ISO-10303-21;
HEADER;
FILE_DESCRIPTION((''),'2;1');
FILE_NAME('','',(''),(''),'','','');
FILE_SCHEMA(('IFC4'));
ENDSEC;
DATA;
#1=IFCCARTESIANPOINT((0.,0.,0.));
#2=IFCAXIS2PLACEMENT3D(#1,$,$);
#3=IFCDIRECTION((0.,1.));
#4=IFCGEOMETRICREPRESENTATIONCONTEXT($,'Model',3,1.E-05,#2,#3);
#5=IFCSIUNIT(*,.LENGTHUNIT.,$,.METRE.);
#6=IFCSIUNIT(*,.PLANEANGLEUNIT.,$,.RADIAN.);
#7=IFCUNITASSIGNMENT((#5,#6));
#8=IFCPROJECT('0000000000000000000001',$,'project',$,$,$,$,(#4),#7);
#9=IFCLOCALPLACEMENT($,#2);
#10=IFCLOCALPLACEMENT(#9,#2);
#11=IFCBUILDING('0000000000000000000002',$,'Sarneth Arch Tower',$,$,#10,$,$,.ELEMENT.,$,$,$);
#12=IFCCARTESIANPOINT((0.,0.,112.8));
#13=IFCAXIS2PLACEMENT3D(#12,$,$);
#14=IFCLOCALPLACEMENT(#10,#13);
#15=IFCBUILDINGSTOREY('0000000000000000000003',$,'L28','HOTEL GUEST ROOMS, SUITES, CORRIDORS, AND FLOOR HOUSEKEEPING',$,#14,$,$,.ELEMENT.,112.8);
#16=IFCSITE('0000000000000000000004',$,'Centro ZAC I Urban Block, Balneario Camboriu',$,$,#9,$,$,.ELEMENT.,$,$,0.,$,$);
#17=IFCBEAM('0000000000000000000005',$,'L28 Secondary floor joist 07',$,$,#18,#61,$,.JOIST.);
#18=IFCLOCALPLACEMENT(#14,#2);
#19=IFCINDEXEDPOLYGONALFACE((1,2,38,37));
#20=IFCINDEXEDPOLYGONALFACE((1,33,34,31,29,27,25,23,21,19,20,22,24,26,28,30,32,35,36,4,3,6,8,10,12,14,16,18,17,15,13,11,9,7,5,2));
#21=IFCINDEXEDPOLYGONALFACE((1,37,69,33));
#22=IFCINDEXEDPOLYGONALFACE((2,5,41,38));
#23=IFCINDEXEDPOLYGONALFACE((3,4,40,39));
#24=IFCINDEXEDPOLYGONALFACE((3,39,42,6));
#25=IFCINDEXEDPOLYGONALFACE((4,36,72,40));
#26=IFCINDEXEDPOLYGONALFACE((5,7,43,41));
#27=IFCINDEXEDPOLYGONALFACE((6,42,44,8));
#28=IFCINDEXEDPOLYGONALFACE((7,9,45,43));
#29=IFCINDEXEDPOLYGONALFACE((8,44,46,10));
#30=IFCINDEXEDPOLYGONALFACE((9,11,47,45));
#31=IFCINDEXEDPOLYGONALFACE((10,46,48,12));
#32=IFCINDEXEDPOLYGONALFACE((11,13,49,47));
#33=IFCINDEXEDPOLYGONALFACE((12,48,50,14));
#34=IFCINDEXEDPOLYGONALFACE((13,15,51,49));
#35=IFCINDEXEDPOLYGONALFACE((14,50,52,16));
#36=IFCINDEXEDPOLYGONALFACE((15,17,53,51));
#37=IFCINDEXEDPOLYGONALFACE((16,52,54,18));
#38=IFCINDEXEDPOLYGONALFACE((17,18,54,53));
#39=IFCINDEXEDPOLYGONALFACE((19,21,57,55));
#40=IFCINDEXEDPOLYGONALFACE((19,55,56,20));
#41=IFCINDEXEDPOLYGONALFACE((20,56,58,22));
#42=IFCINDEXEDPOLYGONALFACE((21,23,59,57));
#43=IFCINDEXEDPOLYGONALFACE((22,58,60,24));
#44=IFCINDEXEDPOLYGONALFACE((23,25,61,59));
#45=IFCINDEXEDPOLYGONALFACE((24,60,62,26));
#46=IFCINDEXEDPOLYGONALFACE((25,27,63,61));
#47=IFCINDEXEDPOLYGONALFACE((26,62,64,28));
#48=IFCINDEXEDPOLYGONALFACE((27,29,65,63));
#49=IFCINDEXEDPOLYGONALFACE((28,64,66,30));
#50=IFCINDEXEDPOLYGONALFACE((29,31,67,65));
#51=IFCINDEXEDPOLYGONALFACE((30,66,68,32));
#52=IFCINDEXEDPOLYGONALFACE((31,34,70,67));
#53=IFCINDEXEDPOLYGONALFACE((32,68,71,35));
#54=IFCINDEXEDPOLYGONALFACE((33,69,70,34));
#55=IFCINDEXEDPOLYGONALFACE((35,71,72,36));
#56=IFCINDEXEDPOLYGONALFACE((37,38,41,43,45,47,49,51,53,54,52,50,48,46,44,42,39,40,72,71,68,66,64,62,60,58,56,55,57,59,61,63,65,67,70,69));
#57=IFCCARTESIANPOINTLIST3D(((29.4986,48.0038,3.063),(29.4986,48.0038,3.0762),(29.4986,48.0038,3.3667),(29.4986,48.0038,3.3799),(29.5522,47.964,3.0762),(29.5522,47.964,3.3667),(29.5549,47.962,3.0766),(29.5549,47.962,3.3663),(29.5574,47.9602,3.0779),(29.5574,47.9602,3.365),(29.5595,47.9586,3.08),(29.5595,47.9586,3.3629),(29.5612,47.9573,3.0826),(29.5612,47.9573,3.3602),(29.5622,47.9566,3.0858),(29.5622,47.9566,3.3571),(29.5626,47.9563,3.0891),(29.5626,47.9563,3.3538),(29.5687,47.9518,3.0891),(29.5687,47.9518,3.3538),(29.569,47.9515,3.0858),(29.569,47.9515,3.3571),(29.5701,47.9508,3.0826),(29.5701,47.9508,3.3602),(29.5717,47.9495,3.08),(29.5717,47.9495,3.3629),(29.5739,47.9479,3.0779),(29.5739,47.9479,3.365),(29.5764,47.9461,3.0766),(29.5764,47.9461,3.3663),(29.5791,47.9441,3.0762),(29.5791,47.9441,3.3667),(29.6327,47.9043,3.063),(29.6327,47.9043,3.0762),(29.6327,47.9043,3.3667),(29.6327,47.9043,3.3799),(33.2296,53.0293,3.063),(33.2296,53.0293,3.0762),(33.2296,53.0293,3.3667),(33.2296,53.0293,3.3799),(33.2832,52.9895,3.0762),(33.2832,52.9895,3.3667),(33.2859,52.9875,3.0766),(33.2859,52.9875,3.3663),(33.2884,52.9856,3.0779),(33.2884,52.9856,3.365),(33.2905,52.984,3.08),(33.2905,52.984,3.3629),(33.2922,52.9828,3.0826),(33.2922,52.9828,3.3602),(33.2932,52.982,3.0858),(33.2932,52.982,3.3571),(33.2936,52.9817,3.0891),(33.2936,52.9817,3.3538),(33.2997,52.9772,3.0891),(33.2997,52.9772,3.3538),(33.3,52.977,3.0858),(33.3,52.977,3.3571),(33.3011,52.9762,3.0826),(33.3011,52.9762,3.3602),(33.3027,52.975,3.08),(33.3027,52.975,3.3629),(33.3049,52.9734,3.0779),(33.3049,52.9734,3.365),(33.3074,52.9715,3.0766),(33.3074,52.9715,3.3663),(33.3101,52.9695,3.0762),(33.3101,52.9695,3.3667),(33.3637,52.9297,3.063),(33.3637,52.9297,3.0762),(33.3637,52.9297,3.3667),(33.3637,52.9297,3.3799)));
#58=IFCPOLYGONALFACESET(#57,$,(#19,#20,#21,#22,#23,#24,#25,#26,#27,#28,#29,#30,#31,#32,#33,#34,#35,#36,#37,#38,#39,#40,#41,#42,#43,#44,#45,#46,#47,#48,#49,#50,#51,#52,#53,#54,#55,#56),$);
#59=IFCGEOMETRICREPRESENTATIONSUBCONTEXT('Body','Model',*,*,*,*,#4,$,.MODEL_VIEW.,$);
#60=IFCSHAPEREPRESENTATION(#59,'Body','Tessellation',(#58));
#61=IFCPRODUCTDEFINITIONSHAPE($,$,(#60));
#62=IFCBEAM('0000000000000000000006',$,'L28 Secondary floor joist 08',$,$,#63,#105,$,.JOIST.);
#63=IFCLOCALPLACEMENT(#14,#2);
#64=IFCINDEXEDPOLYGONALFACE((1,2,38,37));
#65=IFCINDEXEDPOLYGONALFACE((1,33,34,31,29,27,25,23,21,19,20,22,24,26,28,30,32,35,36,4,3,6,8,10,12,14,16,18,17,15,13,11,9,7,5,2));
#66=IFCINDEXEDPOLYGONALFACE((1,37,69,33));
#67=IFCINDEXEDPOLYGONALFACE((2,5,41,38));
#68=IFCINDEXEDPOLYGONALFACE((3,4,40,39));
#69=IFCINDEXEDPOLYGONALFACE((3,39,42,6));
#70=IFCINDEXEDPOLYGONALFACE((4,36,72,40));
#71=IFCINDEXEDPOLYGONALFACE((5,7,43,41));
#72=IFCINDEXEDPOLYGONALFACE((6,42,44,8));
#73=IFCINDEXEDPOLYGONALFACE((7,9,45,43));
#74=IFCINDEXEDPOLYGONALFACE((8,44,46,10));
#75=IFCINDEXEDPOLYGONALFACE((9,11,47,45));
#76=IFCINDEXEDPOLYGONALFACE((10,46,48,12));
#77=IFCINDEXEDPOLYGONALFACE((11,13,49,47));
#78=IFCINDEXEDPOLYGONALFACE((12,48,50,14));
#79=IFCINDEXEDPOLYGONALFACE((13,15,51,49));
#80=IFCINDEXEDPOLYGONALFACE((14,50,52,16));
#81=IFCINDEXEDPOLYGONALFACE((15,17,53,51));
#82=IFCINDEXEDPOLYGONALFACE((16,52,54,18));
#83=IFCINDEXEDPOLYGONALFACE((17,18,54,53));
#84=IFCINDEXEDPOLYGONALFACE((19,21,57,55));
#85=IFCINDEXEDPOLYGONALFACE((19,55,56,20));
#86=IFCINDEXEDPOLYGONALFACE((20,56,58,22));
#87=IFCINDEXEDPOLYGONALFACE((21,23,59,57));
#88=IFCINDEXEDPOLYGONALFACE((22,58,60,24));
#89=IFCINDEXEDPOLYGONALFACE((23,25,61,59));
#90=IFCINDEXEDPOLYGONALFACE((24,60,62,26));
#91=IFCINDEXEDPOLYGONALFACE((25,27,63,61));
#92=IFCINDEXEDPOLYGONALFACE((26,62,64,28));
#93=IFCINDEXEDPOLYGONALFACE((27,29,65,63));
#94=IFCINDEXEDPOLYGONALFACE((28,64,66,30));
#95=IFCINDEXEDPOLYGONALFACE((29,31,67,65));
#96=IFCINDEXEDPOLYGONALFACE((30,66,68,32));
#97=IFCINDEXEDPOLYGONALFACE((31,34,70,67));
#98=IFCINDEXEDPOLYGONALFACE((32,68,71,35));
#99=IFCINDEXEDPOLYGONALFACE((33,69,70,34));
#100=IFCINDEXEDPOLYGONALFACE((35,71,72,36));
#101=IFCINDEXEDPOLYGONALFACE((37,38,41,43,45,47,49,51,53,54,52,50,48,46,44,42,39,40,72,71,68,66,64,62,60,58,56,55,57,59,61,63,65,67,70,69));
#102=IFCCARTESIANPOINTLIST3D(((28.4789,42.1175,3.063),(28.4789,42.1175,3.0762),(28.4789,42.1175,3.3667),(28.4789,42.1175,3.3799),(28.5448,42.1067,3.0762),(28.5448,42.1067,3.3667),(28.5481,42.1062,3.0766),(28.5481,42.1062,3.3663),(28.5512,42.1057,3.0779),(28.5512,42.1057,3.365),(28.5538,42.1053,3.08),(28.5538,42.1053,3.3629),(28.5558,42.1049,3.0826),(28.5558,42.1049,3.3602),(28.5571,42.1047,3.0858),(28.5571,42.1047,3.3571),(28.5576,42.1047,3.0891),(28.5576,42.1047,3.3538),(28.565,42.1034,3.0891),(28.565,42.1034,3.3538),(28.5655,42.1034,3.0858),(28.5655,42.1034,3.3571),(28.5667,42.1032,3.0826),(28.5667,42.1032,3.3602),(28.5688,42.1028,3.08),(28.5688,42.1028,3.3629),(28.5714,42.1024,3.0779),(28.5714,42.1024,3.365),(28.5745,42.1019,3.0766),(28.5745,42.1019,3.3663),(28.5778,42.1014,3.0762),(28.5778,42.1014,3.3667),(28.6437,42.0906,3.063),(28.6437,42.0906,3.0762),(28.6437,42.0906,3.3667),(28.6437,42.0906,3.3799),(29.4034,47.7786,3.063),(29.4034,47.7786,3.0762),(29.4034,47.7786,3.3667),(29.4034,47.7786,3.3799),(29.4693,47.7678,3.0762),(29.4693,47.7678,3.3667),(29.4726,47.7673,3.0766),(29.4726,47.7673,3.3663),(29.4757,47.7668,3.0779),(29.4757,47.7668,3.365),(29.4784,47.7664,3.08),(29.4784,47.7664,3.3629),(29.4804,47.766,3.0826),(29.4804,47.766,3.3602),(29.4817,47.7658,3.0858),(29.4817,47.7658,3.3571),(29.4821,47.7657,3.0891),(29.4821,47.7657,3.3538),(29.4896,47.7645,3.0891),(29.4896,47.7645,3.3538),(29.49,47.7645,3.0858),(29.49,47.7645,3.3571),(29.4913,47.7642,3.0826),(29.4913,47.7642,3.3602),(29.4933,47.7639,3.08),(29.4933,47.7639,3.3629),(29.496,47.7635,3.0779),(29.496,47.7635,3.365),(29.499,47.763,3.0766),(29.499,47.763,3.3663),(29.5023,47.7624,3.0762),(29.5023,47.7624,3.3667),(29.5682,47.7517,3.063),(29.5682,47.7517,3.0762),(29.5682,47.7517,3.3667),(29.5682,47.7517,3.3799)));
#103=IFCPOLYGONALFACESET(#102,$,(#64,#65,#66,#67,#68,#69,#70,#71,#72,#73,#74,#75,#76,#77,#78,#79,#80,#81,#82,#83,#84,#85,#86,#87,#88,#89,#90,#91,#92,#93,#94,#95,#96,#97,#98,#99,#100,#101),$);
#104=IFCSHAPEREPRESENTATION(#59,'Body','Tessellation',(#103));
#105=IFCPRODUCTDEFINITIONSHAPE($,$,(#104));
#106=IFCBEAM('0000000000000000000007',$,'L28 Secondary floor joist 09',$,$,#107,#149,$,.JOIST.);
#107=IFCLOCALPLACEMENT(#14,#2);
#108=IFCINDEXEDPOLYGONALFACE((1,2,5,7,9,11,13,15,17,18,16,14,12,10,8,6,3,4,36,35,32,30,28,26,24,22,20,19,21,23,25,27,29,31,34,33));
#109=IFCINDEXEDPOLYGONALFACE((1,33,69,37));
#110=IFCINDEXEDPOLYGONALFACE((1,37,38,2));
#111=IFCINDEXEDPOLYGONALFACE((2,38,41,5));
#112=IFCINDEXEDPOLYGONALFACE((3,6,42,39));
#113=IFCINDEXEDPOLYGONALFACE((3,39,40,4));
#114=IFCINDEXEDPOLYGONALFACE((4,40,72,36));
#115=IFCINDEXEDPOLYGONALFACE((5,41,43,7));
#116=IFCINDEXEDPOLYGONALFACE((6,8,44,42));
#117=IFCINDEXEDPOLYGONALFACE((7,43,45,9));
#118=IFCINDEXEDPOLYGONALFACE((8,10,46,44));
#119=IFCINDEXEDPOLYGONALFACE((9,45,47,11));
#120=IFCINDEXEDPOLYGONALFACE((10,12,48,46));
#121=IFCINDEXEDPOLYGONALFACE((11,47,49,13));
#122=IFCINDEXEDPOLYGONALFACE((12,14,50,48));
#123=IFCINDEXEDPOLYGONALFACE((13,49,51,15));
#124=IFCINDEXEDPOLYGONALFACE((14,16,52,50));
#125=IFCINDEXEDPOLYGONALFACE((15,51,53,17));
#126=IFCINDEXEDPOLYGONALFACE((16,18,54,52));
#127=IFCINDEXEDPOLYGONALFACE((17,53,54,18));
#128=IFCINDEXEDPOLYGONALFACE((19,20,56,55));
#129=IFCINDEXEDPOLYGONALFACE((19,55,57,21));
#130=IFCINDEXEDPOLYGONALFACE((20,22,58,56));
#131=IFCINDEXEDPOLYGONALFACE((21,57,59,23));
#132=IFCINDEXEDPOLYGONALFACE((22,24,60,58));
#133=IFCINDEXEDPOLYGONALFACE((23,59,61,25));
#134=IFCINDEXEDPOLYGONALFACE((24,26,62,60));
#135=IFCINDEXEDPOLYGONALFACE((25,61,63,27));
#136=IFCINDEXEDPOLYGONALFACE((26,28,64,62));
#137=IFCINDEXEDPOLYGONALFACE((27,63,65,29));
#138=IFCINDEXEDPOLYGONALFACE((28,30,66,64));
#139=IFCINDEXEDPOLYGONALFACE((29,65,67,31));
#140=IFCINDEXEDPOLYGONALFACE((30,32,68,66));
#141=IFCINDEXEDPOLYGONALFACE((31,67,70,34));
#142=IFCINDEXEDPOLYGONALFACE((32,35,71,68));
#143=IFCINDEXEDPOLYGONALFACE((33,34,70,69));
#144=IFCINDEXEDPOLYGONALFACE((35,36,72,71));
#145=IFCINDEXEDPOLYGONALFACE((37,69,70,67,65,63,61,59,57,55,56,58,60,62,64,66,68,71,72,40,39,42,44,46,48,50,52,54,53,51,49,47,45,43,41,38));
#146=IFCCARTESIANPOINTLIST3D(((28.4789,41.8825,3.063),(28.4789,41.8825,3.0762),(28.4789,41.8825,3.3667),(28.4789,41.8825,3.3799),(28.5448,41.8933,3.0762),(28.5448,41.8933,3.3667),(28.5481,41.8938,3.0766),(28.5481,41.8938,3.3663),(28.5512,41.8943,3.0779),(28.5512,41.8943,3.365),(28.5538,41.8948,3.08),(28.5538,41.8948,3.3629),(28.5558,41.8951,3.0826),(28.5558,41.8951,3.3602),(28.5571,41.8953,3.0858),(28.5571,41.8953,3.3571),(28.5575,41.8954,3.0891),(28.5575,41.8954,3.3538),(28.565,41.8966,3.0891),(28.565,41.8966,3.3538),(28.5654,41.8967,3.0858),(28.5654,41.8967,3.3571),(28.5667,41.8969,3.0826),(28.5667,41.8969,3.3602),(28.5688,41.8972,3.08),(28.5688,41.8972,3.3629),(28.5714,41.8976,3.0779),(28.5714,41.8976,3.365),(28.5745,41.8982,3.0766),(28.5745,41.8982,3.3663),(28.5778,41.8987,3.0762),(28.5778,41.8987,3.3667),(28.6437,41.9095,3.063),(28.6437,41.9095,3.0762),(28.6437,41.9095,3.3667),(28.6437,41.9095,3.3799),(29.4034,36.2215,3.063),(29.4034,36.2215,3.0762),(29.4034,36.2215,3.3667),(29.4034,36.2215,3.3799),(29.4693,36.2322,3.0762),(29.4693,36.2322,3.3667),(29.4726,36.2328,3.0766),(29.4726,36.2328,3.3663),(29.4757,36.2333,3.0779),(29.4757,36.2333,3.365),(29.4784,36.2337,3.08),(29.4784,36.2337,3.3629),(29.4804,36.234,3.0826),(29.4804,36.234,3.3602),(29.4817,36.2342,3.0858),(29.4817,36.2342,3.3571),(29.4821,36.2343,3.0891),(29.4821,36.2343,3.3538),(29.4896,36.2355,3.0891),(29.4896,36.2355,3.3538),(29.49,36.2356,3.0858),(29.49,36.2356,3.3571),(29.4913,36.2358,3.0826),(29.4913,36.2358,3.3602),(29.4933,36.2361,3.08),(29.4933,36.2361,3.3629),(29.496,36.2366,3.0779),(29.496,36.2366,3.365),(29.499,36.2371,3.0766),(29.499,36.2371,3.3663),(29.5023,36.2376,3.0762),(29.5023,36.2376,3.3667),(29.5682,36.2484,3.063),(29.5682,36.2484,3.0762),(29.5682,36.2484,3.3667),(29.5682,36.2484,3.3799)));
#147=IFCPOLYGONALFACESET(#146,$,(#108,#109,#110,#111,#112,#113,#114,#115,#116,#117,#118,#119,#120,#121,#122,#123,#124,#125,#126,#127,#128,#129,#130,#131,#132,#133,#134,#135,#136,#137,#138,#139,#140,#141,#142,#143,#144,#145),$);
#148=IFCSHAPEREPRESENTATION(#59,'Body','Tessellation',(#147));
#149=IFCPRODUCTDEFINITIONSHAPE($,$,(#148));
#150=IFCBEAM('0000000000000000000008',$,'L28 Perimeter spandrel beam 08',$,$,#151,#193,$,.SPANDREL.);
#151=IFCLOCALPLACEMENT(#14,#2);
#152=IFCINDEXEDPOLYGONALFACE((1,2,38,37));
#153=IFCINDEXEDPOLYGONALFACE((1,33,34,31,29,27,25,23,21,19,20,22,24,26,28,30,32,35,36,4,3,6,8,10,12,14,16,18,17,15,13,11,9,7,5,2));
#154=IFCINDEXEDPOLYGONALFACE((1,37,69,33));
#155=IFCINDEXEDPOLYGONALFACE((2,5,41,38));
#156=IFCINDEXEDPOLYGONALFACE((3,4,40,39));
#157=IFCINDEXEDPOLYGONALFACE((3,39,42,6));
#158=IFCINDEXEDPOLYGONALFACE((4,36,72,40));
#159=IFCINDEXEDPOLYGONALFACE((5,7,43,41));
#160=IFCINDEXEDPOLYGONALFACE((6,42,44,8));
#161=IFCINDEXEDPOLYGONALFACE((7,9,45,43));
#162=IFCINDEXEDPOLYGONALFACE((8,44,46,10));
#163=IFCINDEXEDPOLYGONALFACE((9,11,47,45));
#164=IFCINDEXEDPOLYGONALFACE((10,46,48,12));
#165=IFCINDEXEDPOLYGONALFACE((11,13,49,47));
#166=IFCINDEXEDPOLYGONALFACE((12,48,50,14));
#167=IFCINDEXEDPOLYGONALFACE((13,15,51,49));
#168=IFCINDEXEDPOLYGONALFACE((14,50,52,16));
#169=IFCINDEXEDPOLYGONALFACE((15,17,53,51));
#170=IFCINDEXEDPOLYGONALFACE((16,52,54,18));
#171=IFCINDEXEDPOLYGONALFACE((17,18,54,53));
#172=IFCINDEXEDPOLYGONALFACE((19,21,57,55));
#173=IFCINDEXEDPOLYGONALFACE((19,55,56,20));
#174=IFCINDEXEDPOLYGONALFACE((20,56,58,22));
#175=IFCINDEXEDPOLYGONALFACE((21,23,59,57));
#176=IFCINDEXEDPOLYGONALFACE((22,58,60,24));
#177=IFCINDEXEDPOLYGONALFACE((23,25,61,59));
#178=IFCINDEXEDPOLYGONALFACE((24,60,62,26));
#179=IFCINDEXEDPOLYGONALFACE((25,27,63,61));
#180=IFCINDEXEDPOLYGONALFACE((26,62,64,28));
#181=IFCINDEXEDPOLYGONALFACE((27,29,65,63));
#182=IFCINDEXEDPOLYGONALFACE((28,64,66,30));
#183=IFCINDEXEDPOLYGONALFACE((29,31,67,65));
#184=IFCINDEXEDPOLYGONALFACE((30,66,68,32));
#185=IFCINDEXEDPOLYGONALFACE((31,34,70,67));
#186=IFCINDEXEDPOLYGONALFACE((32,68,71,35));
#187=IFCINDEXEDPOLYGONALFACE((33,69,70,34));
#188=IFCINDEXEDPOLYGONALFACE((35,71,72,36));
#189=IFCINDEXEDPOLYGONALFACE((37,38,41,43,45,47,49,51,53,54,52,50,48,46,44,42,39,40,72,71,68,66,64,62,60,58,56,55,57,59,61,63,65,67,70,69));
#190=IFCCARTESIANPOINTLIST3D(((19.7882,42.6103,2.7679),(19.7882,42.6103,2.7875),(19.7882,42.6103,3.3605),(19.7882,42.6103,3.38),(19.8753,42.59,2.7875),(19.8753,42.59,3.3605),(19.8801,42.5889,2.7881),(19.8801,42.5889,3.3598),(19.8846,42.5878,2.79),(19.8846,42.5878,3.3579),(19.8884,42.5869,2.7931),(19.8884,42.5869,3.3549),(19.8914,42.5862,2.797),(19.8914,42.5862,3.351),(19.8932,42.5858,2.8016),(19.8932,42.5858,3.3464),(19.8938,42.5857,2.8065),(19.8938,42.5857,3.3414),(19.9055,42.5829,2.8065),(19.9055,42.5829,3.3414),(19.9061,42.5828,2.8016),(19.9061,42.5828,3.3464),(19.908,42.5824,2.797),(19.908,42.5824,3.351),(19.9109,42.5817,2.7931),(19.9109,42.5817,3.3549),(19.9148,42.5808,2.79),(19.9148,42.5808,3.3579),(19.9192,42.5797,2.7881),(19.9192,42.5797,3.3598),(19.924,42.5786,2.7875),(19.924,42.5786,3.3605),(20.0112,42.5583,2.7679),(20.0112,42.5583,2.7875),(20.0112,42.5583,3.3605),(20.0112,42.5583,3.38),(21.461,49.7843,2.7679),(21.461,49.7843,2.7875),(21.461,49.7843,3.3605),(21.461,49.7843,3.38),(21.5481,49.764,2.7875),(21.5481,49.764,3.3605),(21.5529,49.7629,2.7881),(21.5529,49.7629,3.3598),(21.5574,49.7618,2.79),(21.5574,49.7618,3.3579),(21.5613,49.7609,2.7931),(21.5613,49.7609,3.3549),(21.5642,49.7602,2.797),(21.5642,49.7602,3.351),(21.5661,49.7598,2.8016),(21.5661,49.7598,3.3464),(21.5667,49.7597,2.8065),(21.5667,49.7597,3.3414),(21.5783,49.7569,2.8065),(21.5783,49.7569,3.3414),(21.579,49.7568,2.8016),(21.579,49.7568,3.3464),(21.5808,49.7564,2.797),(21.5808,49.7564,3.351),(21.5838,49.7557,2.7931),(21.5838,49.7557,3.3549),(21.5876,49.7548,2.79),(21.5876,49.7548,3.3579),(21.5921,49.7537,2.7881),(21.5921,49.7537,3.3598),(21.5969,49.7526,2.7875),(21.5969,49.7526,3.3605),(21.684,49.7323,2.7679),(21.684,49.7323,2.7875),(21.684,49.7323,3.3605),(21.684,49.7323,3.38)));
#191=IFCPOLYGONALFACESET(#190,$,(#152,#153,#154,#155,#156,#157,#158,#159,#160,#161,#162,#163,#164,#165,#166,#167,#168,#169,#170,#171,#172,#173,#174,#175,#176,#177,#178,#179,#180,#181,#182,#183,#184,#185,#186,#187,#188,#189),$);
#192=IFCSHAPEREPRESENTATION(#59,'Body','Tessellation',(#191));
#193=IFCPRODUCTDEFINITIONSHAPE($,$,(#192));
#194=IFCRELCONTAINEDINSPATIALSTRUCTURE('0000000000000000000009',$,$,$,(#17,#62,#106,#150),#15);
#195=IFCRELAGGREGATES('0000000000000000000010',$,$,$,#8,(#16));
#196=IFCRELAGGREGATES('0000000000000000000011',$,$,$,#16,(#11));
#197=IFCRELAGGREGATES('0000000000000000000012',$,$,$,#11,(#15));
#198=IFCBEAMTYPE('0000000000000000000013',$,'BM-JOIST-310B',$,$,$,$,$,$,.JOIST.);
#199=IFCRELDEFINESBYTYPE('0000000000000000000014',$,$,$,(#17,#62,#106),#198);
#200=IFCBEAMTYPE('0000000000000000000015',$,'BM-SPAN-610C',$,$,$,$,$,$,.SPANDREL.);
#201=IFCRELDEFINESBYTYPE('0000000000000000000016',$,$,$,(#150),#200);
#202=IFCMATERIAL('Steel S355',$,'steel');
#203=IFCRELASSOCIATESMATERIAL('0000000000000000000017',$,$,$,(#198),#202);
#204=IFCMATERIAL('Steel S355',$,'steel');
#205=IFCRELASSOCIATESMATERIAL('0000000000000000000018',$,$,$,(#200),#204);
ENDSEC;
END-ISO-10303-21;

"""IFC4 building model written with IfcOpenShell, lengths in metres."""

from ifc_helpers import new_model, si_unit, direction, frame, origin, origin_2d, place, context, subcontext, project, spatial, i_section, extrude, material, material_profile, profile_set, type_object, element, save


model = new_model("IFC4")

# Units and contexts
model_context = context("Model", 3, precision=1e-05, world=origin(), true_north=direction((0.0, 1.0)))
body_context = subcontext(model_context, "Body", "Model", "MODEL_VIEW")
ifc_project = project(units=[si_unit("LENGTHUNIT", "METRE"), si_unit("PLANEANGLEUNIT", "RADIAN")], contexts=[model_context])

# Site, building, storey
site_placement = place(None, origin())
site = spatial("IfcSite", under=ifc_project, at=site_placement, Name="Centro ZAC I Urban Block, Balneario Camboriu", CompositionType="ELEMENT", RefElevation=0.0)
building_placement = place(site_placement, origin())
building = spatial("IfcBuilding", under=site, at=building_placement, Name="Sarneth Arch Tower", CompositionType="ELEMENT")
storey_placement = place(building_placement, frame((0.0, 0.0, 112.8)))
storey = spatial("IfcBuildingStorey", under=building, at=storey_placement, Name="L28", Description="HOTEL GUEST ROOMS, SUITES, CORRIDORS, AND FLOOR HOUSEKEEPING", CompositionType="ELEMENT", Elevation=112.8)

# Beams
ifc_material_1 = material(Name="Steel S355", Category="steel")
ifc_material_profile_1 = material_profile(ifc_material_1, i_section(OverallWidth=0.167, OverallDepth=0.3169, WebThickness=0.0076, FlangeThickness=0.0132, FilletRadius=0.0129, at=origin_2d()), Name="W310x52")
ifc_profile_set_1 = profile_set([ifc_material_profile_1], Name="Steel S355")
beam_type_1 = type_object("IfcBeamType", Name="BM-JOIST-310B", PredefinedType="JOIST", material=ifc_profile_set_1)
beam_1_placement = place(storey_placement, frame((33.2966, 52.9795, 3.2214), z_axis=(-0.596098, -0.802911, 0.0), x_axis=(0.802911, -0.596098, 0.0)))
element("IfcBeam", 1, at=beam_1_placement, inside=storey, type_object=beam_type_1, Name="L28 Secondary floor joist 07", PredefinedType="JOIST", context=body_context, shape_type="SweptSolid", body=[
    extrude(i_section(OverallWidth=0.167, OverallDepth=0.3169, WebThickness=0.0076, FlangeThickness=0.0132, FilletRadius=0.0129, at=origin_2d()), origin(), (0.0, 0.0, 1.0), 6.259),
])
for number, where, z_axis, x_axis, name in (
    (2, (29.4858, 47.7651, 3.2214), (-0.161182, -0.986925, 0.0), (0.986925, -0.161182, 0.0), "L28 Secondary floor joist 08"),
    (3, (28.5613, 41.896, 3.2214), (0.161182, -0.986925, 0.0), (0.986925, 0.161182, 0.0), "L28 Secondary floor joist 09"),
):
    element("IfcBeam", number, at=place(storey_placement, frame(where, z_axis=z_axis, x_axis=x_axis)), inside=storey, type_object=beam_type_1, Name=name, PredefinedType="JOIST", context=body_context, shape_type="SweptSolid", body=[
        extrude(i_section(OverallWidth=0.167, OverallDepth=0.3169, WebThickness=0.0076, FlangeThickness=0.0132, FilletRadius=0.0129, at=origin_2d()), origin(), (0.0, 0.0, 1.0), 5.7361),
    ])
ifc_material_2 = material(Name="Steel S355", Category="steel")
ifc_material_profile_2 = material_profile(ifc_material_2, i_section(OverallWidth=0.229, OverallDepth=0.6121, WebThickness=0.012, FlangeThickness=0.0195, FilletRadius=0.019, at=origin_2d()), Name="W610x125")
ifc_profile_set_2 = profile_set([ifc_material_profile_2], Name="Steel S355")
beam_type_2 = type_object("IfcBeamType", Name="BM-SPAN-610C", PredefinedType="SPANDREL", material=ifc_profile_set_2)
beam_2_placement = place(storey_placement, frame((21.5725, 49.7583, 3.074), z_axis=(-0.227088, -0.973874, 0.0), x_axis=(0.973874, -0.227088, 0.0)))
element("IfcBeam", 4, at=beam_2_placement, inside=storey, type_object=beam_type_2, Name="L28 Perimeter spandrel beam 08", PredefinedType="SPANDREL", context=body_context, shape_type="SweptSolid", body=[
    extrude(i_section(OverallWidth=0.229, OverallDepth=0.6121, WebThickness=0.012, FlangeThickness=0.0195, FilletRadius=0.019, at=origin_2d()), origin(), (0.0, 0.0, 1.0), 7.3665),
])

save(model, "model.ifc")
